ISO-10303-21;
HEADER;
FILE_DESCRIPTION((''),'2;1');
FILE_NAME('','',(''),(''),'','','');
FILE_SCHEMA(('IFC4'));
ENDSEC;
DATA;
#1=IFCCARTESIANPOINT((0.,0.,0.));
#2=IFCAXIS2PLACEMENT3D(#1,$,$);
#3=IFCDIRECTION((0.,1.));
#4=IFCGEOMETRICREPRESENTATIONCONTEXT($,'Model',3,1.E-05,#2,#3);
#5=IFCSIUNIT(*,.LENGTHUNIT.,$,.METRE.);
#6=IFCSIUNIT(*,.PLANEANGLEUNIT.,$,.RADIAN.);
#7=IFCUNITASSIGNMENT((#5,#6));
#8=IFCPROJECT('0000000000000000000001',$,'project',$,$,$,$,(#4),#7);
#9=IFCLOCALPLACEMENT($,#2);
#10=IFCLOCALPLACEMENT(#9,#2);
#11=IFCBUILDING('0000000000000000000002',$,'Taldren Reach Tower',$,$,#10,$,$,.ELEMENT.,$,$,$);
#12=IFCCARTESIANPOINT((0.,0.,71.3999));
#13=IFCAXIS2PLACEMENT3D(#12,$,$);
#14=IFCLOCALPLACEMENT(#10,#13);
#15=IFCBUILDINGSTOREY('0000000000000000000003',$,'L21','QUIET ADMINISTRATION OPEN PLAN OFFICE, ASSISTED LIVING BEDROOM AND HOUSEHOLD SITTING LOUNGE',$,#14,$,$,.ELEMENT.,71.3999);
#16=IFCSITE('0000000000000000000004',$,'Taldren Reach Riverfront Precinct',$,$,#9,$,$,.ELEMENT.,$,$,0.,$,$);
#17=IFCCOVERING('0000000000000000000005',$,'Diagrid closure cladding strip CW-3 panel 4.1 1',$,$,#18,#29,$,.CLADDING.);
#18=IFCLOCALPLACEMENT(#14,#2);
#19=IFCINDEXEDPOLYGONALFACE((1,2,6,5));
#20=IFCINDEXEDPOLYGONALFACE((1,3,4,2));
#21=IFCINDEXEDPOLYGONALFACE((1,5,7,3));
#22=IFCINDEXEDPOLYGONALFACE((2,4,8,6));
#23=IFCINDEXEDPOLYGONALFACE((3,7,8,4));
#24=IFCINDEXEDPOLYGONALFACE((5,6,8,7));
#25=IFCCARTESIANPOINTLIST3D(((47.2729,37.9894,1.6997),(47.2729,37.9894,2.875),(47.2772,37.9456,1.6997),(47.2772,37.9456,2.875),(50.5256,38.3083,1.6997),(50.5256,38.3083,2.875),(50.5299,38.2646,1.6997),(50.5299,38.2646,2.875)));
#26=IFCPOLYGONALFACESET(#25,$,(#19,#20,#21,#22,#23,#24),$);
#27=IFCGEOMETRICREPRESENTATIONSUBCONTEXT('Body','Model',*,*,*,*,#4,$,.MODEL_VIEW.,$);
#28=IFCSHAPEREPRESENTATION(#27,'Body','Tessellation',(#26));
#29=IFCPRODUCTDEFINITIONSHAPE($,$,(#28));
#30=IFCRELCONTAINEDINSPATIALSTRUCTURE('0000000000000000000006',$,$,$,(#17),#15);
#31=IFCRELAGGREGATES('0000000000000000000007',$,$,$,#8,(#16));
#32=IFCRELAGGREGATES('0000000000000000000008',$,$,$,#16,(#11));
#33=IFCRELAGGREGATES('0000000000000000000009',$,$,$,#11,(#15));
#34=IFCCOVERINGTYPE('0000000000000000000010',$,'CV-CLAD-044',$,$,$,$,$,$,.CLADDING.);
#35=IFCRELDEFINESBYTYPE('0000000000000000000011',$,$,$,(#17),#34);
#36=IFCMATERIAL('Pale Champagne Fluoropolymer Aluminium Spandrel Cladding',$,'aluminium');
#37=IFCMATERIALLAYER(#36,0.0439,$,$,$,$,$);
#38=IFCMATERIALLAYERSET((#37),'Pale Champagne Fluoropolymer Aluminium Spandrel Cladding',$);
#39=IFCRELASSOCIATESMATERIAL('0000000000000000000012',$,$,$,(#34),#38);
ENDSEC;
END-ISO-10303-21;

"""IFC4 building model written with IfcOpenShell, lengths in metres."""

from ifc_helpers import new_model, si_unit, direction, frame, origin, origin_2d, place, context, subcontext, project, spatial, rectangle, extrude, source, transform, mapped, material, layer, layer_set, type_object, element, save


model = new_model("IFC4")

# Units and contexts
model_context = context("Model", 3, precision=1e-05, world=origin(), true_north=direction((0.0, 1.0)))
body_context = subcontext(model_context, "Body", "Model", "MODEL_VIEW")
ifc_project = project(units=[si_unit("LENGTHUNIT", "METRE"), si_unit("PLANEANGLEUNIT", "RADIAN")], contexts=[model_context])

# Site, building, storey
site_placement = place(None, origin())
site = spatial("IfcSite", under=ifc_project, at=site_placement, Name="Taldren Reach Riverfront Precinct", CompositionType="ELEMENT", RefElevation=0.0)
building_placement = place(site_placement, origin())
building = spatial("IfcBuilding", under=site, at=building_placement, Name="Taldren Reach Tower", CompositionType="ELEMENT")
storey_placement = place(building_placement, frame((0.0, 0.0, 71.3999)))
storey = spatial("IfcBuildingStorey", under=building, at=storey_placement, Name="L21", Description="QUIET ADMINISTRATION OPEN PLAN OFFICE, ASSISTED LIVING BEDROOM AND HOUSEHOLD SITTING LOUNGE", CompositionType="ELEMENT", Elevation=71.3999)

# Covering
ifc_material_1 = material(Name="Pale Champagne Fluoropolymer Aluminium Spandrel Cladding", Category="aluminium")
ifc_layer_1 = layer(ifc_material_1, 0.0439)
ifc_layer_set_1 = layer_set([ifc_layer_1], Name="Pale Champagne Fluoropolymer Aluminium Spandrel Cladding")
covering_type = type_object("IfcCoveringType", Name="CV-CLAD-044", PredefinedType="CLADDING", material=ifc_layer_set_1)
shared_shape_1 = source(origin(), body_context, "Body", "SweptSolid", [
    extrude(rectangle(XDim=3.2683, YDim=0.0439, at=origin_2d()), origin(), (0.0, 0.0, 1.0), 1.1753),
])
covering_1_placement = place(storey_placement, frame((48.9014, 38.127, 1.6997), z_axis=(0.0, 0.0, 1.0), x_axis=(-0.995227, -0.097583, 0.0)))
element("IfcCovering", 1, at=covering_1_placement, inside=storey, type_object=covering_type, Name="Diagrid closure cladding strip CW-3 panel 4.1 1", PredefinedType="CLADDING", context=body_context, shape_type="MappedRepresentation", body=[
    mapped(shared_shape_1, transform((0.0, 0.0, 0.0), scale=1.0)),
])

save(model, "model.ifc")
